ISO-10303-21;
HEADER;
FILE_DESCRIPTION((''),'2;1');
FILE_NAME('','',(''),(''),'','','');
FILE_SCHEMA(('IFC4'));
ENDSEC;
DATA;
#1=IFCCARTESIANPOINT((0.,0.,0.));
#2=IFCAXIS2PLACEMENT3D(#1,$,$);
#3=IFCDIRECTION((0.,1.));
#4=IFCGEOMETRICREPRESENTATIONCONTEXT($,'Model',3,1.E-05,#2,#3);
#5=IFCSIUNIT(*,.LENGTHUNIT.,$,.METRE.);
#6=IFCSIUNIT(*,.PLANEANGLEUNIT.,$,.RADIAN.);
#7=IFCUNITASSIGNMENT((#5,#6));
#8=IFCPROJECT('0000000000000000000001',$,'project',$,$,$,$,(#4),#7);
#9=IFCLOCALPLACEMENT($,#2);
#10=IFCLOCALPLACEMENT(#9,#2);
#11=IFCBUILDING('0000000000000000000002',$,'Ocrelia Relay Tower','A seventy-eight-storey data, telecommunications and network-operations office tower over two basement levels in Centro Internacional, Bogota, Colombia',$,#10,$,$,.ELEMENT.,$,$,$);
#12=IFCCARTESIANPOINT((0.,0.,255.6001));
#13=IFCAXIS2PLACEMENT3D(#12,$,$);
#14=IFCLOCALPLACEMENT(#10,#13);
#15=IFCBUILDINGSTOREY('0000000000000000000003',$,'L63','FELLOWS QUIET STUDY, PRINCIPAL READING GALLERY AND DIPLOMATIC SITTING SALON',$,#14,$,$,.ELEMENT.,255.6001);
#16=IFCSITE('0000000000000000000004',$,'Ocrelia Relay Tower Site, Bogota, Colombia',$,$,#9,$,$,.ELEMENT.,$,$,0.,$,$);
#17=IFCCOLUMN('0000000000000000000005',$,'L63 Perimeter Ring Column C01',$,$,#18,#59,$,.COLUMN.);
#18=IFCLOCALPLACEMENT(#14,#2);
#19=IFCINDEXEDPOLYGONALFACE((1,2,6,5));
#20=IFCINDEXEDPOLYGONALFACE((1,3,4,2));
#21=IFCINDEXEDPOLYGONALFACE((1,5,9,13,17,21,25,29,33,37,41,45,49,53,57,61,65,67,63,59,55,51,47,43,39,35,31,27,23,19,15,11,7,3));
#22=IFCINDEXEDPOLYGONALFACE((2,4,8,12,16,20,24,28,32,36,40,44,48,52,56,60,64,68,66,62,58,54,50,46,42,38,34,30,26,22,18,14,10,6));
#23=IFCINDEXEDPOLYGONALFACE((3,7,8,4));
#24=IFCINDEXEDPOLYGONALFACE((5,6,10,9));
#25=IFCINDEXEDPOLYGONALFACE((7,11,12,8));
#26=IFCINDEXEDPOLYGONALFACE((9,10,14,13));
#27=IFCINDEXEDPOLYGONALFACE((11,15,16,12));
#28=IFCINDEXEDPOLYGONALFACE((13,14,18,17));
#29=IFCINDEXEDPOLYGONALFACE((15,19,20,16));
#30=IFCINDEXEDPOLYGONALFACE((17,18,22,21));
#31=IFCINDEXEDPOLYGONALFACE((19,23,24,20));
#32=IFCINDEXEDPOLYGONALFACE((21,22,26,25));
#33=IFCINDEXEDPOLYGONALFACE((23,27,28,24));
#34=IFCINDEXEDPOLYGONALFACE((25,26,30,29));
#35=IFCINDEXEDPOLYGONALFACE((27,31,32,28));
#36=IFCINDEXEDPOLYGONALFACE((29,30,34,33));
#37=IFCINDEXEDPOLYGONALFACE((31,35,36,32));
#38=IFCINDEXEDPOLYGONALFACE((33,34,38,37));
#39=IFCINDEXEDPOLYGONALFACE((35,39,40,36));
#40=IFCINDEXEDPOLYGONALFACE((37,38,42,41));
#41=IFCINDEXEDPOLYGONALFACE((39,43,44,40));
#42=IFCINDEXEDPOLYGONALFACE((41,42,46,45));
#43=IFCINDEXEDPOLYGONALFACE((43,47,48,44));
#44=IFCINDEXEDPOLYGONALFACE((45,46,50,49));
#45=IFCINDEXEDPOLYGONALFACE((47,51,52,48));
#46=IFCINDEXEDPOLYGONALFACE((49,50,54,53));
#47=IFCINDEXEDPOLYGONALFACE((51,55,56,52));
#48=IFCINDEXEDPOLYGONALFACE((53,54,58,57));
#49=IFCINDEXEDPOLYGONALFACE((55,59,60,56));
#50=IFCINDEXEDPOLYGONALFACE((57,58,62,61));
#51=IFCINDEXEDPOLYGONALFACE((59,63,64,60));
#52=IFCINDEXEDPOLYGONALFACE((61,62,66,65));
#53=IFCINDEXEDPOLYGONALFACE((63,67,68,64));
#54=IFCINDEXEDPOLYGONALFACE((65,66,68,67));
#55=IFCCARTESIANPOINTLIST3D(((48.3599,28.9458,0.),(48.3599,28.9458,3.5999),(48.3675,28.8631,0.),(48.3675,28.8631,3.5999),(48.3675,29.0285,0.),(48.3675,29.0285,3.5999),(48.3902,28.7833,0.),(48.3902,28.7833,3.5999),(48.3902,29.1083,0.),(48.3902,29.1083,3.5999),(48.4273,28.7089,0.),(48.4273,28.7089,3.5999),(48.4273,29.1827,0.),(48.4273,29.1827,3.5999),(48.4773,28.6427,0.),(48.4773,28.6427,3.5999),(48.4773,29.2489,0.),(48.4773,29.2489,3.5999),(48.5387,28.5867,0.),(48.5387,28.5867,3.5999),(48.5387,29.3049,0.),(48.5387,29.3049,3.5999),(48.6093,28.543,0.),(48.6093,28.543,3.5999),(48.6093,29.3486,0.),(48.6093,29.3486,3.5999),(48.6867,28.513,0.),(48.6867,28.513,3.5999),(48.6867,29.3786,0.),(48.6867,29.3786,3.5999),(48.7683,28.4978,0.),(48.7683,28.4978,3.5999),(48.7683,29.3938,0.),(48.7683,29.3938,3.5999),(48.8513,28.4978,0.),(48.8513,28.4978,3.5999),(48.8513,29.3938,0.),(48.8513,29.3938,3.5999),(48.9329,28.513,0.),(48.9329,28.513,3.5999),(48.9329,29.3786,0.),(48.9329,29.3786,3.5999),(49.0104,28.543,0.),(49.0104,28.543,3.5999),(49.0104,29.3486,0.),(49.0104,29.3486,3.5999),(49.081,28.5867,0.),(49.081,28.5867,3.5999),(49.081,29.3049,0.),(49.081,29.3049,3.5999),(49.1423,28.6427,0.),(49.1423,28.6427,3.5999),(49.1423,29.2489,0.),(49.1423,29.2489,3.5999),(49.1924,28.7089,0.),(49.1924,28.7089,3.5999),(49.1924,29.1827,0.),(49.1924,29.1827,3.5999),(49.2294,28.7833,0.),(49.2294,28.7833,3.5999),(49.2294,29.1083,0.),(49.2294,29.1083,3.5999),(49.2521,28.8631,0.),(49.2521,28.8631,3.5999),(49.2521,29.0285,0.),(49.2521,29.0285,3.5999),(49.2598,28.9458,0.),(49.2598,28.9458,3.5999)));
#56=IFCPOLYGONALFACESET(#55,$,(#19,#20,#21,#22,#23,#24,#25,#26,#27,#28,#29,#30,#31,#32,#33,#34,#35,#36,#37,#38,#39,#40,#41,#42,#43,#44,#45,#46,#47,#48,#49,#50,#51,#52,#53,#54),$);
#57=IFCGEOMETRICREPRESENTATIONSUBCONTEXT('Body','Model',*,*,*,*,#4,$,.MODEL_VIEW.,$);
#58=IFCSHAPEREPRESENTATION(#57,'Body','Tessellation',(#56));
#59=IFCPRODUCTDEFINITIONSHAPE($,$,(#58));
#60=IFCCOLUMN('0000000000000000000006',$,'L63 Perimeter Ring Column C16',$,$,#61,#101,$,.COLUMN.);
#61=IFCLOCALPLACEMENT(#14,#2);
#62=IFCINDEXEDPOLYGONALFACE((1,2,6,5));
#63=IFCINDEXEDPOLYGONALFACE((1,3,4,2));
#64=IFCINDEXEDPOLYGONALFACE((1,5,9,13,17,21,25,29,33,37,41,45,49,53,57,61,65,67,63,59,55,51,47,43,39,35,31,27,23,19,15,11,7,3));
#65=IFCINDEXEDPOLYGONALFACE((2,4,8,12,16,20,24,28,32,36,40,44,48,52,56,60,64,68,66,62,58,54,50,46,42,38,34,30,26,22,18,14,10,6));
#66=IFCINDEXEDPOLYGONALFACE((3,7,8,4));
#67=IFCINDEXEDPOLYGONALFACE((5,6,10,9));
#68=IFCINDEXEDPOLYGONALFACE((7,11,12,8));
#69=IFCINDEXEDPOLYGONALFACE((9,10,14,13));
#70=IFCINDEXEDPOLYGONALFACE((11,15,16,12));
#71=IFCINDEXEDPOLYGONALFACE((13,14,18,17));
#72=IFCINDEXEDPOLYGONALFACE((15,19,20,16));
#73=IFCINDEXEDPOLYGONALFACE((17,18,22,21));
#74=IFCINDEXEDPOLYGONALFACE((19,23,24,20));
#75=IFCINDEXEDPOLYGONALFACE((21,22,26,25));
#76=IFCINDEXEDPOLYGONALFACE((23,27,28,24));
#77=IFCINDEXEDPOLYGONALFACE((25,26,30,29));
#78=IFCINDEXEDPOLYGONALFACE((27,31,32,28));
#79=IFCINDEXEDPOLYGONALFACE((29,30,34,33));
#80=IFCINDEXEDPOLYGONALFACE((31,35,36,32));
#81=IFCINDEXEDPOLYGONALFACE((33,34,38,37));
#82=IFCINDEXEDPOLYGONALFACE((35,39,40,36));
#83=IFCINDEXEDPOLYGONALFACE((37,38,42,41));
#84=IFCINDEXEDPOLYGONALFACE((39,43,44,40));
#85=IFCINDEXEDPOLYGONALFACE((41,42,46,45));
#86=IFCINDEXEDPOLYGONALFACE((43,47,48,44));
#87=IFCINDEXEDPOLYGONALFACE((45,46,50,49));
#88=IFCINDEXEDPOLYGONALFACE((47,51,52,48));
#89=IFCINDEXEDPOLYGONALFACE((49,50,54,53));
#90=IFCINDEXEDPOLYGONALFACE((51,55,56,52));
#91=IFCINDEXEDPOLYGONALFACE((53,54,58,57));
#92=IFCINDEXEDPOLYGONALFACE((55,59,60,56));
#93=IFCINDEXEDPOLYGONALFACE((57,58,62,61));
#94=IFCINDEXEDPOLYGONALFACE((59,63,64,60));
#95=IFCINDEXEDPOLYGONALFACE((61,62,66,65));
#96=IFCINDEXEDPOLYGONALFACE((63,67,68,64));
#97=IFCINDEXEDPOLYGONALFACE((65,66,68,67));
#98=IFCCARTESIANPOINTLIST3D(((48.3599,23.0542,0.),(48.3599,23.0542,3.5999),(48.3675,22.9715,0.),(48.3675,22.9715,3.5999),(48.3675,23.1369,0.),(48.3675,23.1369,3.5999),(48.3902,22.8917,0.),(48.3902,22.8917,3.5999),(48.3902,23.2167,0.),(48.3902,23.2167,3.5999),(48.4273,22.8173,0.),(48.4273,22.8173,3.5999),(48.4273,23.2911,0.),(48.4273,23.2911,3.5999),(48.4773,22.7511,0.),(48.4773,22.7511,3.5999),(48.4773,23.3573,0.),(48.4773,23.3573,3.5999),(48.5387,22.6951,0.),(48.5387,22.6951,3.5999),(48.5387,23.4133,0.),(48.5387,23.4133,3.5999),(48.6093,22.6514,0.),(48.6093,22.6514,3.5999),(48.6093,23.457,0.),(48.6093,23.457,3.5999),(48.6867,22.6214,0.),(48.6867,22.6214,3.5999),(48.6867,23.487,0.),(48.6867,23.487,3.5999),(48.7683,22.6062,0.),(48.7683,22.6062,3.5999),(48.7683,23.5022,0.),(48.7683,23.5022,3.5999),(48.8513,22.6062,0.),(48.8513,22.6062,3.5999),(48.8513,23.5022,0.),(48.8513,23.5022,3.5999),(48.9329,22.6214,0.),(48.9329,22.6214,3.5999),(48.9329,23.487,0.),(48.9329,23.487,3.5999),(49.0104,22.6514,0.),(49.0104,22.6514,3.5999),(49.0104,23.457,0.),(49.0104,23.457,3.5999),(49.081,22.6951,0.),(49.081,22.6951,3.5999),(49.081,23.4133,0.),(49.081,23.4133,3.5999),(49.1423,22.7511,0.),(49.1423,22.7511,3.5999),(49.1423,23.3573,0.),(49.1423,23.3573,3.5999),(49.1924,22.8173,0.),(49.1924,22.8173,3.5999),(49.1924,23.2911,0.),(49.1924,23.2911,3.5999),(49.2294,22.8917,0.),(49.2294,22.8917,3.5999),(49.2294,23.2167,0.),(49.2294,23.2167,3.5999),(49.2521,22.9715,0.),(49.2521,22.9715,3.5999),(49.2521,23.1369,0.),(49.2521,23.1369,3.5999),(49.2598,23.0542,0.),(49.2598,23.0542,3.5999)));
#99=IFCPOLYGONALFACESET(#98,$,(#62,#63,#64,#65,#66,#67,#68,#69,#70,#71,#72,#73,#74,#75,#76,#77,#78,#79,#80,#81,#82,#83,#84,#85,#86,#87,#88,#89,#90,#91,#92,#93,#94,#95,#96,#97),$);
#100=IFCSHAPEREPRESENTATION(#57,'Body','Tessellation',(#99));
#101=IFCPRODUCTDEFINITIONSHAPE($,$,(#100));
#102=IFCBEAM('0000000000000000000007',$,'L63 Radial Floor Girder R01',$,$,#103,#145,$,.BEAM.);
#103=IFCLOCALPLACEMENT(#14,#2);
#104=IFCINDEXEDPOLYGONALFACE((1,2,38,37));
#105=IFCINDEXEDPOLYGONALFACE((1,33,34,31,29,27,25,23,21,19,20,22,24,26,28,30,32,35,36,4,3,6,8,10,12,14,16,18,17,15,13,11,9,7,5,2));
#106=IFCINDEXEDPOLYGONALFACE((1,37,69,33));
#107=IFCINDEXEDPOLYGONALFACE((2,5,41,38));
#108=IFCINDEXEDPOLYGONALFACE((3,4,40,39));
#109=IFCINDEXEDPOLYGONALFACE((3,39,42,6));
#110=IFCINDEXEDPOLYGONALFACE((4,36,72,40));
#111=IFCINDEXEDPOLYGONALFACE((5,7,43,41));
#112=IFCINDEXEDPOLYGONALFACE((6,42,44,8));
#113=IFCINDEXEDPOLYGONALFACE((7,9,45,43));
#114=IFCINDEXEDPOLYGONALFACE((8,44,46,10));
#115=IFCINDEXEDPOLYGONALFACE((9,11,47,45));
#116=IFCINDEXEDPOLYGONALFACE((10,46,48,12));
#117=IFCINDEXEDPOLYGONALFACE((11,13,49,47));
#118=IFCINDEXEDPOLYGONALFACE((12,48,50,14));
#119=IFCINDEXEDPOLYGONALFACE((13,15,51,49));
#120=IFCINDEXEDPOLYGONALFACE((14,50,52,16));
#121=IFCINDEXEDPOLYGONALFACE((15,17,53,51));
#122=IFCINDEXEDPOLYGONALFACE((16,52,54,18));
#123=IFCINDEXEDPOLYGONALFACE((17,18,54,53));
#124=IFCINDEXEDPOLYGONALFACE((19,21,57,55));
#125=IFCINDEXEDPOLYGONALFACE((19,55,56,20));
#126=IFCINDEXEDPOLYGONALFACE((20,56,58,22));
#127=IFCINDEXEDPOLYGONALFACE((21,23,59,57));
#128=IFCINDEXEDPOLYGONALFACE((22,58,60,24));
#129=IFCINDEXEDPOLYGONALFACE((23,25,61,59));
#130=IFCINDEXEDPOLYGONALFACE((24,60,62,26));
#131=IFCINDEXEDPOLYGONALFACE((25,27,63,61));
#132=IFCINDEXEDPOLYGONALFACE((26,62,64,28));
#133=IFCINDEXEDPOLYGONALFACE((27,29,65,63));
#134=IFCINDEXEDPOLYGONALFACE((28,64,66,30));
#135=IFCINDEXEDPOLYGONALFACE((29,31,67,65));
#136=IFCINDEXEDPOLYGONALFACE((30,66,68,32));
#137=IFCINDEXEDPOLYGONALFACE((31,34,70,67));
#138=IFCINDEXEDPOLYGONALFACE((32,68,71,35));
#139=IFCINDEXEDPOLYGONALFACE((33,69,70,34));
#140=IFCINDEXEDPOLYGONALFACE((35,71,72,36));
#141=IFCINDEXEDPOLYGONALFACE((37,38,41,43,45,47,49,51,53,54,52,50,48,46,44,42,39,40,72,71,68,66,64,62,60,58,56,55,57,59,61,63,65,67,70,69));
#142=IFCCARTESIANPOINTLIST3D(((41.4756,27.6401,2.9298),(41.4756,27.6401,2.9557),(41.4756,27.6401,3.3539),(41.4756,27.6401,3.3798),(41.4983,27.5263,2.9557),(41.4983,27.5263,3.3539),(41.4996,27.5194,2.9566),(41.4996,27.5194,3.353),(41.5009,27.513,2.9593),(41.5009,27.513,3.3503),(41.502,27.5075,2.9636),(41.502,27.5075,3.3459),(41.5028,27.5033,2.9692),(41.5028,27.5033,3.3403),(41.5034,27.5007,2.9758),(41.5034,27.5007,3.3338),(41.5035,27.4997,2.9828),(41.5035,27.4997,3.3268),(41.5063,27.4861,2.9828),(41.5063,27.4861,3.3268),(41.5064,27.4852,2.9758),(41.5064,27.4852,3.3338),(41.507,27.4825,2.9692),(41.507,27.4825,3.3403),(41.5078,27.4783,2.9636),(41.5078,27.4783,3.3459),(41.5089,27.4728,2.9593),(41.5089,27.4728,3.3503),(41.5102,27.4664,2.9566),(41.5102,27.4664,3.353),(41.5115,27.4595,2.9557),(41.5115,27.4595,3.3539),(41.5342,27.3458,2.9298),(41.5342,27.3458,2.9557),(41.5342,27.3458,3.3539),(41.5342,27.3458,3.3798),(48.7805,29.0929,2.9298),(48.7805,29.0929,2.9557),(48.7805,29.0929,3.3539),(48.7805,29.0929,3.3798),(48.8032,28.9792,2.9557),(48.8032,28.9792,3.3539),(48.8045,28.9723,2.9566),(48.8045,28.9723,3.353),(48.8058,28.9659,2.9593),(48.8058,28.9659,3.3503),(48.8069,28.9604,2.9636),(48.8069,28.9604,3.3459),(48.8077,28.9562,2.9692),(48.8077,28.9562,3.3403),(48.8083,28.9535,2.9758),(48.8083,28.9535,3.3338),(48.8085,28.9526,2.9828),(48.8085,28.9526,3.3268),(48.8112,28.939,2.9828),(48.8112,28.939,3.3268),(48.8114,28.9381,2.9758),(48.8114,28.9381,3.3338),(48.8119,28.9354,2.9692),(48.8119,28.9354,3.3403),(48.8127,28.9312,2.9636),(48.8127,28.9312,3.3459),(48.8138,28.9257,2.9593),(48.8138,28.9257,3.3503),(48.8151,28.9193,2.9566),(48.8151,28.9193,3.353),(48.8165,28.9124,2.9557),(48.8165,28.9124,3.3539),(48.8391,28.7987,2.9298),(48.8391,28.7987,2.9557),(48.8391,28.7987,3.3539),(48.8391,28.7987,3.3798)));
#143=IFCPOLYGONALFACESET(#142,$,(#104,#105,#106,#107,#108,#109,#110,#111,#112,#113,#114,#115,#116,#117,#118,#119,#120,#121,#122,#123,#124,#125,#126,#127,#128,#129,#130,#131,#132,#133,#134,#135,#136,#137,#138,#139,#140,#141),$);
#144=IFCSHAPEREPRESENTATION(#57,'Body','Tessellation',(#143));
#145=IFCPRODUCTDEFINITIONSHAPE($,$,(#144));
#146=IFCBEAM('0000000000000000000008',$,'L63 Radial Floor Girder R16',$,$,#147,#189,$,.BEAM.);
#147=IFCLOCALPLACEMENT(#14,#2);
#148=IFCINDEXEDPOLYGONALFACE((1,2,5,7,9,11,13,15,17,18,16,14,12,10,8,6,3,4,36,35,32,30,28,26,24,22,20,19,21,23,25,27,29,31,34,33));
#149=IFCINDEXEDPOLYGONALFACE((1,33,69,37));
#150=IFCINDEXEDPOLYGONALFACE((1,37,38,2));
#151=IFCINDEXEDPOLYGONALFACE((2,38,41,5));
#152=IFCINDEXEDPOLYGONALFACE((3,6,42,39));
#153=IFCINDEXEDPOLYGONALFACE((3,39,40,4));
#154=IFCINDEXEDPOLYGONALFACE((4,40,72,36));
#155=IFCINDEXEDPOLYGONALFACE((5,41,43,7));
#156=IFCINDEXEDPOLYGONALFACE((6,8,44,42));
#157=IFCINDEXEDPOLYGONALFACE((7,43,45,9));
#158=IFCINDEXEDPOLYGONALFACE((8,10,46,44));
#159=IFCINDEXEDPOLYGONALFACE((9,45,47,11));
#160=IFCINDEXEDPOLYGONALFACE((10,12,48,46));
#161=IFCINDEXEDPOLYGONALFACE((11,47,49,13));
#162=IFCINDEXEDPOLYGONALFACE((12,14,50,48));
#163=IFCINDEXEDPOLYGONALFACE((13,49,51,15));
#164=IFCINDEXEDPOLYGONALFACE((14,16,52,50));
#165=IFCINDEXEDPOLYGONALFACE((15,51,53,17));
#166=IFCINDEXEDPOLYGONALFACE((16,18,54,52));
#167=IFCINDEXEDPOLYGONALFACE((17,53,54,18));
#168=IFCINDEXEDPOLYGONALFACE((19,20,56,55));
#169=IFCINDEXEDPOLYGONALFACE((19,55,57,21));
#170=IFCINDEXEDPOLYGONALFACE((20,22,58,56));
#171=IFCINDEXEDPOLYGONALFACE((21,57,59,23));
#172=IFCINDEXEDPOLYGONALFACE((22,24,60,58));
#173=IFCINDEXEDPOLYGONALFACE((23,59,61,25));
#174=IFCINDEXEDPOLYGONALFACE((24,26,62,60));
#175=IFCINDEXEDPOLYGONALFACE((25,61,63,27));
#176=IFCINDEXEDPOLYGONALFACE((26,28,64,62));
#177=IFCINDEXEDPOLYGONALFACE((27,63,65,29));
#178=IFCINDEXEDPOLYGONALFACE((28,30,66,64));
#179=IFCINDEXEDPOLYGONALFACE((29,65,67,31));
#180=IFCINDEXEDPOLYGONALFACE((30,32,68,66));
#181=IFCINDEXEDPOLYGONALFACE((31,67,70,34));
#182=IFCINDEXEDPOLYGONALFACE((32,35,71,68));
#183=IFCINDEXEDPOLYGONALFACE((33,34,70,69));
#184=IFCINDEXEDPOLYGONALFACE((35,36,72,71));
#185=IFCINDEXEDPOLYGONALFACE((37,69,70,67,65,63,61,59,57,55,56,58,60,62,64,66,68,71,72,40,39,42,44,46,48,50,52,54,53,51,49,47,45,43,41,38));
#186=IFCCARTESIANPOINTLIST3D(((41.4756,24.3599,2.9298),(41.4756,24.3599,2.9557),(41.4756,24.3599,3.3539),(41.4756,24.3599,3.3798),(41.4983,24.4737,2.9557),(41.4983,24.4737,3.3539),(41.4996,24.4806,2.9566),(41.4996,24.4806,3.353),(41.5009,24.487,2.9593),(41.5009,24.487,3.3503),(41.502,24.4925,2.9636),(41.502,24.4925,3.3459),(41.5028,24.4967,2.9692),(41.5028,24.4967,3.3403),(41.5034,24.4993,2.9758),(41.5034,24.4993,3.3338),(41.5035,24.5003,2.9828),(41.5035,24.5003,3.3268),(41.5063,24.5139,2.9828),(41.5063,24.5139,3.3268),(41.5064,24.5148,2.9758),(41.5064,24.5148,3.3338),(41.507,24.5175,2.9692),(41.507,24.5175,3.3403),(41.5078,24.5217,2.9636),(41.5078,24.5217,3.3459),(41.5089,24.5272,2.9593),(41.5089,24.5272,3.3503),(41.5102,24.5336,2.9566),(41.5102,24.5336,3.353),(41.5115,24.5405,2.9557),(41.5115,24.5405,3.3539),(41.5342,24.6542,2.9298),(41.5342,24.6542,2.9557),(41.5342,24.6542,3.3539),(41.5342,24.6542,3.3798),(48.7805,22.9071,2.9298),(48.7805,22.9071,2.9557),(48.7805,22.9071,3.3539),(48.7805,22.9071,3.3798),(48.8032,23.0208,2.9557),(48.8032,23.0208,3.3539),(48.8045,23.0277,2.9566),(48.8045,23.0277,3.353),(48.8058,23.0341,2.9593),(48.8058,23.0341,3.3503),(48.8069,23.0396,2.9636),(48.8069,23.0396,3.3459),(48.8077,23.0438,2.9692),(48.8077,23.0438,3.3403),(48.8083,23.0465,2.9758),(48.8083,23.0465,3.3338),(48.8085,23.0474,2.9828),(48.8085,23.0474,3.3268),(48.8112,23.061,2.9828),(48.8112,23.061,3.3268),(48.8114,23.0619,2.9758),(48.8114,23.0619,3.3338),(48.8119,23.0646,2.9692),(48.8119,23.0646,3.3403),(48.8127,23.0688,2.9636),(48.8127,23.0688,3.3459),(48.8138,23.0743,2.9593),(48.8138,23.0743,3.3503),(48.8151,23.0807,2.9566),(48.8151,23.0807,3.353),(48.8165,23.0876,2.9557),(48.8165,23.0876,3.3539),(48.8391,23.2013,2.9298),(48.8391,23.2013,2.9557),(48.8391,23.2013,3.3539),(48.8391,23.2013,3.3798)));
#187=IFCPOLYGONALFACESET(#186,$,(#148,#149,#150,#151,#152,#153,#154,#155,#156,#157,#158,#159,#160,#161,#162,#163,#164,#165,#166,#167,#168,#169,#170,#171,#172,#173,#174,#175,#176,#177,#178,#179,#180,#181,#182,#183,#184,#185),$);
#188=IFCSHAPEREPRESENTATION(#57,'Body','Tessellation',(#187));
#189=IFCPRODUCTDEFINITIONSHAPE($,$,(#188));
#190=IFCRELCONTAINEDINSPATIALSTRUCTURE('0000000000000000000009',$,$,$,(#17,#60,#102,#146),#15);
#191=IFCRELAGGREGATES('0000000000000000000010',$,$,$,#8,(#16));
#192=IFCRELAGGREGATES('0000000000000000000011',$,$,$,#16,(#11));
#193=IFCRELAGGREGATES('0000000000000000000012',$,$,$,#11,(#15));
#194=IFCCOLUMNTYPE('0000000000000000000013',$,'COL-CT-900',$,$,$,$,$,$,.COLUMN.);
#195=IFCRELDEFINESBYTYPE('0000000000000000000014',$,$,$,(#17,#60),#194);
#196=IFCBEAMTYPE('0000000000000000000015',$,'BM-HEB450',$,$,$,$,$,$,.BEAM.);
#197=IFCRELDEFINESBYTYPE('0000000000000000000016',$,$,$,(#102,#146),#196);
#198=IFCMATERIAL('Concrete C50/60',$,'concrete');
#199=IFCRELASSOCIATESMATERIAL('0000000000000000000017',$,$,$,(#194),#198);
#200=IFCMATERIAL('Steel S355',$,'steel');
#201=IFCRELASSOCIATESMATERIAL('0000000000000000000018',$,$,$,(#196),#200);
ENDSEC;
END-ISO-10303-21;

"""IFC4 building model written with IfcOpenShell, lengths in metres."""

from ifc_helpers import new_model, si_unit, direction, frame, origin, origin_2d, place, context, subcontext, project, spatial, circle, i_section, extrude, material, material_profile, profile_set, type_object, element, save


model = new_model("IFC4")

# Units and contexts
model_context = context("Model", 3, precision=1e-05, world=origin(), true_north=direction((0.0, 1.0)))
body_context = subcontext(model_context, "Body", "Model", "MODEL_VIEW")
ifc_project = project(units=[si_unit("LENGTHUNIT", "METRE"), si_unit("PLANEANGLEUNIT", "RADIAN")], contexts=[model_context])

# Site, building, storey
site_placement = place(None, origin())
site = spatial("IfcSite", under=ifc_project, at=site_placement, Name="Ocrelia Relay Tower Site, Bogota, Colombia", CompositionType="ELEMENT", RefElevation=0.0)
building_placement = place(site_placement, origin())
building = spatial("IfcBuilding", under=site, at=building_placement, Name="Ocrelia Relay Tower", Description="A seventy-eight-storey data, telecommunications and network-operations office tower over two basement levels in Centro Internacional, Bogota, Colombia", CompositionType="ELEMENT")
storey_placement = place(building_placement, frame((0.0, 0.0, 255.6001)))
storey = spatial("IfcBuildingStorey", under=building, at=storey_placement, Name="L63", Description="FELLOWS QUIET STUDY, PRINCIPAL READING GALLERY AND DIPLOMATIC SITTING SALON", CompositionType="ELEMENT", Elevation=255.6001)

# Columns
ifc_material_1 = material(Name="Concrete C50/60", Category="concrete")
ifc_material_profile_1 = material_profile(ifc_material_1, circle(Radius=0.45, at=origin_2d()), Name="RC-CIR-900")
ifc_profile_set_1 = profile_set([ifc_material_profile_1], Name="Concrete C50/60")
column_type = type_object("IfcColumnType", Name="COL-CT-900", PredefinedType="COLUMN", material=ifc_profile_set_1)
for number, where, z_axis, x_axis, name in (
    (1, (48.8098, 28.9458, 0.0), (0.0, 0.0, 1.0), (1.0, 0.0, 0.0), "L63 Perimeter Ring Column C01"),
    (2, (48.8098, 23.0542, 0.0), (0.0, 0.0, 1.0), (1.0, 0.0, 0.0), "L63 Perimeter Ring Column C16"),
):
    element("IfcColumn", number, at=place(storey_placement, frame(where, z_axis=z_axis, x_axis=x_axis)), inside=storey, type_object=column_type, Name=name, PredefinedType="COLUMN", context=body_context, shape_type="SweptSolid", body=[
        extrude(circle(Radius=0.45, at=origin_2d()), origin(), (0.0, 0.0, 1.0), 3.5999),
    ])

# Beams
ifc_material_2 = material(Name="Steel S355", Category="steel")
ifc_material_profile_2 = material_profile(ifc_material_2, i_section(OverallWidth=0.3, OverallDepth=0.45, WebThickness=0.0139, FlangeThickness=0.0259, FilletRadius=0.0271, at=origin_2d()), Name="HEB 450")
ifc_profile_set_2 = profile_set([ifc_material_profile_2], Name="Steel S355")
beam_type_1 = type_object("IfcBeamType", Name="BM-HEB450", PredefinedType="BEAM", material=ifc_profile_set_2)
for number, where, z_axis, x_axis, name in (
    (3, (48.8098, 28.9458, 3.1548), (-0.980789, -0.19507, 0.0), (0.19507, -0.980789, 0.0), "L63 Radial Floor Girder R01"),
    (4, (48.8098, 23.0542, 3.1548), (-0.980789, 0.19507, 0.0), (-0.19507, -0.980789, 0.0), "L63 Radial Floor Girder R16"),
):
    element("IfcBeam", number, at=place(storey_placement, frame(where, z_axis=z_axis, x_axis=x_axis)), inside=storey, type_object=beam_type_1, Name=name, PredefinedType="BEAM", context=body_context, shape_type="SweptSolid", body=[
        extrude(i_section(OverallWidth=0.3, OverallDepth=0.45, WebThickness=0.0139, FlangeThickness=0.0259, FilletRadius=0.0271, at=origin_2d()), origin(), (0.0, 0.0, 1.0), 7.448),
    ])

save(model, "model.ifc")
